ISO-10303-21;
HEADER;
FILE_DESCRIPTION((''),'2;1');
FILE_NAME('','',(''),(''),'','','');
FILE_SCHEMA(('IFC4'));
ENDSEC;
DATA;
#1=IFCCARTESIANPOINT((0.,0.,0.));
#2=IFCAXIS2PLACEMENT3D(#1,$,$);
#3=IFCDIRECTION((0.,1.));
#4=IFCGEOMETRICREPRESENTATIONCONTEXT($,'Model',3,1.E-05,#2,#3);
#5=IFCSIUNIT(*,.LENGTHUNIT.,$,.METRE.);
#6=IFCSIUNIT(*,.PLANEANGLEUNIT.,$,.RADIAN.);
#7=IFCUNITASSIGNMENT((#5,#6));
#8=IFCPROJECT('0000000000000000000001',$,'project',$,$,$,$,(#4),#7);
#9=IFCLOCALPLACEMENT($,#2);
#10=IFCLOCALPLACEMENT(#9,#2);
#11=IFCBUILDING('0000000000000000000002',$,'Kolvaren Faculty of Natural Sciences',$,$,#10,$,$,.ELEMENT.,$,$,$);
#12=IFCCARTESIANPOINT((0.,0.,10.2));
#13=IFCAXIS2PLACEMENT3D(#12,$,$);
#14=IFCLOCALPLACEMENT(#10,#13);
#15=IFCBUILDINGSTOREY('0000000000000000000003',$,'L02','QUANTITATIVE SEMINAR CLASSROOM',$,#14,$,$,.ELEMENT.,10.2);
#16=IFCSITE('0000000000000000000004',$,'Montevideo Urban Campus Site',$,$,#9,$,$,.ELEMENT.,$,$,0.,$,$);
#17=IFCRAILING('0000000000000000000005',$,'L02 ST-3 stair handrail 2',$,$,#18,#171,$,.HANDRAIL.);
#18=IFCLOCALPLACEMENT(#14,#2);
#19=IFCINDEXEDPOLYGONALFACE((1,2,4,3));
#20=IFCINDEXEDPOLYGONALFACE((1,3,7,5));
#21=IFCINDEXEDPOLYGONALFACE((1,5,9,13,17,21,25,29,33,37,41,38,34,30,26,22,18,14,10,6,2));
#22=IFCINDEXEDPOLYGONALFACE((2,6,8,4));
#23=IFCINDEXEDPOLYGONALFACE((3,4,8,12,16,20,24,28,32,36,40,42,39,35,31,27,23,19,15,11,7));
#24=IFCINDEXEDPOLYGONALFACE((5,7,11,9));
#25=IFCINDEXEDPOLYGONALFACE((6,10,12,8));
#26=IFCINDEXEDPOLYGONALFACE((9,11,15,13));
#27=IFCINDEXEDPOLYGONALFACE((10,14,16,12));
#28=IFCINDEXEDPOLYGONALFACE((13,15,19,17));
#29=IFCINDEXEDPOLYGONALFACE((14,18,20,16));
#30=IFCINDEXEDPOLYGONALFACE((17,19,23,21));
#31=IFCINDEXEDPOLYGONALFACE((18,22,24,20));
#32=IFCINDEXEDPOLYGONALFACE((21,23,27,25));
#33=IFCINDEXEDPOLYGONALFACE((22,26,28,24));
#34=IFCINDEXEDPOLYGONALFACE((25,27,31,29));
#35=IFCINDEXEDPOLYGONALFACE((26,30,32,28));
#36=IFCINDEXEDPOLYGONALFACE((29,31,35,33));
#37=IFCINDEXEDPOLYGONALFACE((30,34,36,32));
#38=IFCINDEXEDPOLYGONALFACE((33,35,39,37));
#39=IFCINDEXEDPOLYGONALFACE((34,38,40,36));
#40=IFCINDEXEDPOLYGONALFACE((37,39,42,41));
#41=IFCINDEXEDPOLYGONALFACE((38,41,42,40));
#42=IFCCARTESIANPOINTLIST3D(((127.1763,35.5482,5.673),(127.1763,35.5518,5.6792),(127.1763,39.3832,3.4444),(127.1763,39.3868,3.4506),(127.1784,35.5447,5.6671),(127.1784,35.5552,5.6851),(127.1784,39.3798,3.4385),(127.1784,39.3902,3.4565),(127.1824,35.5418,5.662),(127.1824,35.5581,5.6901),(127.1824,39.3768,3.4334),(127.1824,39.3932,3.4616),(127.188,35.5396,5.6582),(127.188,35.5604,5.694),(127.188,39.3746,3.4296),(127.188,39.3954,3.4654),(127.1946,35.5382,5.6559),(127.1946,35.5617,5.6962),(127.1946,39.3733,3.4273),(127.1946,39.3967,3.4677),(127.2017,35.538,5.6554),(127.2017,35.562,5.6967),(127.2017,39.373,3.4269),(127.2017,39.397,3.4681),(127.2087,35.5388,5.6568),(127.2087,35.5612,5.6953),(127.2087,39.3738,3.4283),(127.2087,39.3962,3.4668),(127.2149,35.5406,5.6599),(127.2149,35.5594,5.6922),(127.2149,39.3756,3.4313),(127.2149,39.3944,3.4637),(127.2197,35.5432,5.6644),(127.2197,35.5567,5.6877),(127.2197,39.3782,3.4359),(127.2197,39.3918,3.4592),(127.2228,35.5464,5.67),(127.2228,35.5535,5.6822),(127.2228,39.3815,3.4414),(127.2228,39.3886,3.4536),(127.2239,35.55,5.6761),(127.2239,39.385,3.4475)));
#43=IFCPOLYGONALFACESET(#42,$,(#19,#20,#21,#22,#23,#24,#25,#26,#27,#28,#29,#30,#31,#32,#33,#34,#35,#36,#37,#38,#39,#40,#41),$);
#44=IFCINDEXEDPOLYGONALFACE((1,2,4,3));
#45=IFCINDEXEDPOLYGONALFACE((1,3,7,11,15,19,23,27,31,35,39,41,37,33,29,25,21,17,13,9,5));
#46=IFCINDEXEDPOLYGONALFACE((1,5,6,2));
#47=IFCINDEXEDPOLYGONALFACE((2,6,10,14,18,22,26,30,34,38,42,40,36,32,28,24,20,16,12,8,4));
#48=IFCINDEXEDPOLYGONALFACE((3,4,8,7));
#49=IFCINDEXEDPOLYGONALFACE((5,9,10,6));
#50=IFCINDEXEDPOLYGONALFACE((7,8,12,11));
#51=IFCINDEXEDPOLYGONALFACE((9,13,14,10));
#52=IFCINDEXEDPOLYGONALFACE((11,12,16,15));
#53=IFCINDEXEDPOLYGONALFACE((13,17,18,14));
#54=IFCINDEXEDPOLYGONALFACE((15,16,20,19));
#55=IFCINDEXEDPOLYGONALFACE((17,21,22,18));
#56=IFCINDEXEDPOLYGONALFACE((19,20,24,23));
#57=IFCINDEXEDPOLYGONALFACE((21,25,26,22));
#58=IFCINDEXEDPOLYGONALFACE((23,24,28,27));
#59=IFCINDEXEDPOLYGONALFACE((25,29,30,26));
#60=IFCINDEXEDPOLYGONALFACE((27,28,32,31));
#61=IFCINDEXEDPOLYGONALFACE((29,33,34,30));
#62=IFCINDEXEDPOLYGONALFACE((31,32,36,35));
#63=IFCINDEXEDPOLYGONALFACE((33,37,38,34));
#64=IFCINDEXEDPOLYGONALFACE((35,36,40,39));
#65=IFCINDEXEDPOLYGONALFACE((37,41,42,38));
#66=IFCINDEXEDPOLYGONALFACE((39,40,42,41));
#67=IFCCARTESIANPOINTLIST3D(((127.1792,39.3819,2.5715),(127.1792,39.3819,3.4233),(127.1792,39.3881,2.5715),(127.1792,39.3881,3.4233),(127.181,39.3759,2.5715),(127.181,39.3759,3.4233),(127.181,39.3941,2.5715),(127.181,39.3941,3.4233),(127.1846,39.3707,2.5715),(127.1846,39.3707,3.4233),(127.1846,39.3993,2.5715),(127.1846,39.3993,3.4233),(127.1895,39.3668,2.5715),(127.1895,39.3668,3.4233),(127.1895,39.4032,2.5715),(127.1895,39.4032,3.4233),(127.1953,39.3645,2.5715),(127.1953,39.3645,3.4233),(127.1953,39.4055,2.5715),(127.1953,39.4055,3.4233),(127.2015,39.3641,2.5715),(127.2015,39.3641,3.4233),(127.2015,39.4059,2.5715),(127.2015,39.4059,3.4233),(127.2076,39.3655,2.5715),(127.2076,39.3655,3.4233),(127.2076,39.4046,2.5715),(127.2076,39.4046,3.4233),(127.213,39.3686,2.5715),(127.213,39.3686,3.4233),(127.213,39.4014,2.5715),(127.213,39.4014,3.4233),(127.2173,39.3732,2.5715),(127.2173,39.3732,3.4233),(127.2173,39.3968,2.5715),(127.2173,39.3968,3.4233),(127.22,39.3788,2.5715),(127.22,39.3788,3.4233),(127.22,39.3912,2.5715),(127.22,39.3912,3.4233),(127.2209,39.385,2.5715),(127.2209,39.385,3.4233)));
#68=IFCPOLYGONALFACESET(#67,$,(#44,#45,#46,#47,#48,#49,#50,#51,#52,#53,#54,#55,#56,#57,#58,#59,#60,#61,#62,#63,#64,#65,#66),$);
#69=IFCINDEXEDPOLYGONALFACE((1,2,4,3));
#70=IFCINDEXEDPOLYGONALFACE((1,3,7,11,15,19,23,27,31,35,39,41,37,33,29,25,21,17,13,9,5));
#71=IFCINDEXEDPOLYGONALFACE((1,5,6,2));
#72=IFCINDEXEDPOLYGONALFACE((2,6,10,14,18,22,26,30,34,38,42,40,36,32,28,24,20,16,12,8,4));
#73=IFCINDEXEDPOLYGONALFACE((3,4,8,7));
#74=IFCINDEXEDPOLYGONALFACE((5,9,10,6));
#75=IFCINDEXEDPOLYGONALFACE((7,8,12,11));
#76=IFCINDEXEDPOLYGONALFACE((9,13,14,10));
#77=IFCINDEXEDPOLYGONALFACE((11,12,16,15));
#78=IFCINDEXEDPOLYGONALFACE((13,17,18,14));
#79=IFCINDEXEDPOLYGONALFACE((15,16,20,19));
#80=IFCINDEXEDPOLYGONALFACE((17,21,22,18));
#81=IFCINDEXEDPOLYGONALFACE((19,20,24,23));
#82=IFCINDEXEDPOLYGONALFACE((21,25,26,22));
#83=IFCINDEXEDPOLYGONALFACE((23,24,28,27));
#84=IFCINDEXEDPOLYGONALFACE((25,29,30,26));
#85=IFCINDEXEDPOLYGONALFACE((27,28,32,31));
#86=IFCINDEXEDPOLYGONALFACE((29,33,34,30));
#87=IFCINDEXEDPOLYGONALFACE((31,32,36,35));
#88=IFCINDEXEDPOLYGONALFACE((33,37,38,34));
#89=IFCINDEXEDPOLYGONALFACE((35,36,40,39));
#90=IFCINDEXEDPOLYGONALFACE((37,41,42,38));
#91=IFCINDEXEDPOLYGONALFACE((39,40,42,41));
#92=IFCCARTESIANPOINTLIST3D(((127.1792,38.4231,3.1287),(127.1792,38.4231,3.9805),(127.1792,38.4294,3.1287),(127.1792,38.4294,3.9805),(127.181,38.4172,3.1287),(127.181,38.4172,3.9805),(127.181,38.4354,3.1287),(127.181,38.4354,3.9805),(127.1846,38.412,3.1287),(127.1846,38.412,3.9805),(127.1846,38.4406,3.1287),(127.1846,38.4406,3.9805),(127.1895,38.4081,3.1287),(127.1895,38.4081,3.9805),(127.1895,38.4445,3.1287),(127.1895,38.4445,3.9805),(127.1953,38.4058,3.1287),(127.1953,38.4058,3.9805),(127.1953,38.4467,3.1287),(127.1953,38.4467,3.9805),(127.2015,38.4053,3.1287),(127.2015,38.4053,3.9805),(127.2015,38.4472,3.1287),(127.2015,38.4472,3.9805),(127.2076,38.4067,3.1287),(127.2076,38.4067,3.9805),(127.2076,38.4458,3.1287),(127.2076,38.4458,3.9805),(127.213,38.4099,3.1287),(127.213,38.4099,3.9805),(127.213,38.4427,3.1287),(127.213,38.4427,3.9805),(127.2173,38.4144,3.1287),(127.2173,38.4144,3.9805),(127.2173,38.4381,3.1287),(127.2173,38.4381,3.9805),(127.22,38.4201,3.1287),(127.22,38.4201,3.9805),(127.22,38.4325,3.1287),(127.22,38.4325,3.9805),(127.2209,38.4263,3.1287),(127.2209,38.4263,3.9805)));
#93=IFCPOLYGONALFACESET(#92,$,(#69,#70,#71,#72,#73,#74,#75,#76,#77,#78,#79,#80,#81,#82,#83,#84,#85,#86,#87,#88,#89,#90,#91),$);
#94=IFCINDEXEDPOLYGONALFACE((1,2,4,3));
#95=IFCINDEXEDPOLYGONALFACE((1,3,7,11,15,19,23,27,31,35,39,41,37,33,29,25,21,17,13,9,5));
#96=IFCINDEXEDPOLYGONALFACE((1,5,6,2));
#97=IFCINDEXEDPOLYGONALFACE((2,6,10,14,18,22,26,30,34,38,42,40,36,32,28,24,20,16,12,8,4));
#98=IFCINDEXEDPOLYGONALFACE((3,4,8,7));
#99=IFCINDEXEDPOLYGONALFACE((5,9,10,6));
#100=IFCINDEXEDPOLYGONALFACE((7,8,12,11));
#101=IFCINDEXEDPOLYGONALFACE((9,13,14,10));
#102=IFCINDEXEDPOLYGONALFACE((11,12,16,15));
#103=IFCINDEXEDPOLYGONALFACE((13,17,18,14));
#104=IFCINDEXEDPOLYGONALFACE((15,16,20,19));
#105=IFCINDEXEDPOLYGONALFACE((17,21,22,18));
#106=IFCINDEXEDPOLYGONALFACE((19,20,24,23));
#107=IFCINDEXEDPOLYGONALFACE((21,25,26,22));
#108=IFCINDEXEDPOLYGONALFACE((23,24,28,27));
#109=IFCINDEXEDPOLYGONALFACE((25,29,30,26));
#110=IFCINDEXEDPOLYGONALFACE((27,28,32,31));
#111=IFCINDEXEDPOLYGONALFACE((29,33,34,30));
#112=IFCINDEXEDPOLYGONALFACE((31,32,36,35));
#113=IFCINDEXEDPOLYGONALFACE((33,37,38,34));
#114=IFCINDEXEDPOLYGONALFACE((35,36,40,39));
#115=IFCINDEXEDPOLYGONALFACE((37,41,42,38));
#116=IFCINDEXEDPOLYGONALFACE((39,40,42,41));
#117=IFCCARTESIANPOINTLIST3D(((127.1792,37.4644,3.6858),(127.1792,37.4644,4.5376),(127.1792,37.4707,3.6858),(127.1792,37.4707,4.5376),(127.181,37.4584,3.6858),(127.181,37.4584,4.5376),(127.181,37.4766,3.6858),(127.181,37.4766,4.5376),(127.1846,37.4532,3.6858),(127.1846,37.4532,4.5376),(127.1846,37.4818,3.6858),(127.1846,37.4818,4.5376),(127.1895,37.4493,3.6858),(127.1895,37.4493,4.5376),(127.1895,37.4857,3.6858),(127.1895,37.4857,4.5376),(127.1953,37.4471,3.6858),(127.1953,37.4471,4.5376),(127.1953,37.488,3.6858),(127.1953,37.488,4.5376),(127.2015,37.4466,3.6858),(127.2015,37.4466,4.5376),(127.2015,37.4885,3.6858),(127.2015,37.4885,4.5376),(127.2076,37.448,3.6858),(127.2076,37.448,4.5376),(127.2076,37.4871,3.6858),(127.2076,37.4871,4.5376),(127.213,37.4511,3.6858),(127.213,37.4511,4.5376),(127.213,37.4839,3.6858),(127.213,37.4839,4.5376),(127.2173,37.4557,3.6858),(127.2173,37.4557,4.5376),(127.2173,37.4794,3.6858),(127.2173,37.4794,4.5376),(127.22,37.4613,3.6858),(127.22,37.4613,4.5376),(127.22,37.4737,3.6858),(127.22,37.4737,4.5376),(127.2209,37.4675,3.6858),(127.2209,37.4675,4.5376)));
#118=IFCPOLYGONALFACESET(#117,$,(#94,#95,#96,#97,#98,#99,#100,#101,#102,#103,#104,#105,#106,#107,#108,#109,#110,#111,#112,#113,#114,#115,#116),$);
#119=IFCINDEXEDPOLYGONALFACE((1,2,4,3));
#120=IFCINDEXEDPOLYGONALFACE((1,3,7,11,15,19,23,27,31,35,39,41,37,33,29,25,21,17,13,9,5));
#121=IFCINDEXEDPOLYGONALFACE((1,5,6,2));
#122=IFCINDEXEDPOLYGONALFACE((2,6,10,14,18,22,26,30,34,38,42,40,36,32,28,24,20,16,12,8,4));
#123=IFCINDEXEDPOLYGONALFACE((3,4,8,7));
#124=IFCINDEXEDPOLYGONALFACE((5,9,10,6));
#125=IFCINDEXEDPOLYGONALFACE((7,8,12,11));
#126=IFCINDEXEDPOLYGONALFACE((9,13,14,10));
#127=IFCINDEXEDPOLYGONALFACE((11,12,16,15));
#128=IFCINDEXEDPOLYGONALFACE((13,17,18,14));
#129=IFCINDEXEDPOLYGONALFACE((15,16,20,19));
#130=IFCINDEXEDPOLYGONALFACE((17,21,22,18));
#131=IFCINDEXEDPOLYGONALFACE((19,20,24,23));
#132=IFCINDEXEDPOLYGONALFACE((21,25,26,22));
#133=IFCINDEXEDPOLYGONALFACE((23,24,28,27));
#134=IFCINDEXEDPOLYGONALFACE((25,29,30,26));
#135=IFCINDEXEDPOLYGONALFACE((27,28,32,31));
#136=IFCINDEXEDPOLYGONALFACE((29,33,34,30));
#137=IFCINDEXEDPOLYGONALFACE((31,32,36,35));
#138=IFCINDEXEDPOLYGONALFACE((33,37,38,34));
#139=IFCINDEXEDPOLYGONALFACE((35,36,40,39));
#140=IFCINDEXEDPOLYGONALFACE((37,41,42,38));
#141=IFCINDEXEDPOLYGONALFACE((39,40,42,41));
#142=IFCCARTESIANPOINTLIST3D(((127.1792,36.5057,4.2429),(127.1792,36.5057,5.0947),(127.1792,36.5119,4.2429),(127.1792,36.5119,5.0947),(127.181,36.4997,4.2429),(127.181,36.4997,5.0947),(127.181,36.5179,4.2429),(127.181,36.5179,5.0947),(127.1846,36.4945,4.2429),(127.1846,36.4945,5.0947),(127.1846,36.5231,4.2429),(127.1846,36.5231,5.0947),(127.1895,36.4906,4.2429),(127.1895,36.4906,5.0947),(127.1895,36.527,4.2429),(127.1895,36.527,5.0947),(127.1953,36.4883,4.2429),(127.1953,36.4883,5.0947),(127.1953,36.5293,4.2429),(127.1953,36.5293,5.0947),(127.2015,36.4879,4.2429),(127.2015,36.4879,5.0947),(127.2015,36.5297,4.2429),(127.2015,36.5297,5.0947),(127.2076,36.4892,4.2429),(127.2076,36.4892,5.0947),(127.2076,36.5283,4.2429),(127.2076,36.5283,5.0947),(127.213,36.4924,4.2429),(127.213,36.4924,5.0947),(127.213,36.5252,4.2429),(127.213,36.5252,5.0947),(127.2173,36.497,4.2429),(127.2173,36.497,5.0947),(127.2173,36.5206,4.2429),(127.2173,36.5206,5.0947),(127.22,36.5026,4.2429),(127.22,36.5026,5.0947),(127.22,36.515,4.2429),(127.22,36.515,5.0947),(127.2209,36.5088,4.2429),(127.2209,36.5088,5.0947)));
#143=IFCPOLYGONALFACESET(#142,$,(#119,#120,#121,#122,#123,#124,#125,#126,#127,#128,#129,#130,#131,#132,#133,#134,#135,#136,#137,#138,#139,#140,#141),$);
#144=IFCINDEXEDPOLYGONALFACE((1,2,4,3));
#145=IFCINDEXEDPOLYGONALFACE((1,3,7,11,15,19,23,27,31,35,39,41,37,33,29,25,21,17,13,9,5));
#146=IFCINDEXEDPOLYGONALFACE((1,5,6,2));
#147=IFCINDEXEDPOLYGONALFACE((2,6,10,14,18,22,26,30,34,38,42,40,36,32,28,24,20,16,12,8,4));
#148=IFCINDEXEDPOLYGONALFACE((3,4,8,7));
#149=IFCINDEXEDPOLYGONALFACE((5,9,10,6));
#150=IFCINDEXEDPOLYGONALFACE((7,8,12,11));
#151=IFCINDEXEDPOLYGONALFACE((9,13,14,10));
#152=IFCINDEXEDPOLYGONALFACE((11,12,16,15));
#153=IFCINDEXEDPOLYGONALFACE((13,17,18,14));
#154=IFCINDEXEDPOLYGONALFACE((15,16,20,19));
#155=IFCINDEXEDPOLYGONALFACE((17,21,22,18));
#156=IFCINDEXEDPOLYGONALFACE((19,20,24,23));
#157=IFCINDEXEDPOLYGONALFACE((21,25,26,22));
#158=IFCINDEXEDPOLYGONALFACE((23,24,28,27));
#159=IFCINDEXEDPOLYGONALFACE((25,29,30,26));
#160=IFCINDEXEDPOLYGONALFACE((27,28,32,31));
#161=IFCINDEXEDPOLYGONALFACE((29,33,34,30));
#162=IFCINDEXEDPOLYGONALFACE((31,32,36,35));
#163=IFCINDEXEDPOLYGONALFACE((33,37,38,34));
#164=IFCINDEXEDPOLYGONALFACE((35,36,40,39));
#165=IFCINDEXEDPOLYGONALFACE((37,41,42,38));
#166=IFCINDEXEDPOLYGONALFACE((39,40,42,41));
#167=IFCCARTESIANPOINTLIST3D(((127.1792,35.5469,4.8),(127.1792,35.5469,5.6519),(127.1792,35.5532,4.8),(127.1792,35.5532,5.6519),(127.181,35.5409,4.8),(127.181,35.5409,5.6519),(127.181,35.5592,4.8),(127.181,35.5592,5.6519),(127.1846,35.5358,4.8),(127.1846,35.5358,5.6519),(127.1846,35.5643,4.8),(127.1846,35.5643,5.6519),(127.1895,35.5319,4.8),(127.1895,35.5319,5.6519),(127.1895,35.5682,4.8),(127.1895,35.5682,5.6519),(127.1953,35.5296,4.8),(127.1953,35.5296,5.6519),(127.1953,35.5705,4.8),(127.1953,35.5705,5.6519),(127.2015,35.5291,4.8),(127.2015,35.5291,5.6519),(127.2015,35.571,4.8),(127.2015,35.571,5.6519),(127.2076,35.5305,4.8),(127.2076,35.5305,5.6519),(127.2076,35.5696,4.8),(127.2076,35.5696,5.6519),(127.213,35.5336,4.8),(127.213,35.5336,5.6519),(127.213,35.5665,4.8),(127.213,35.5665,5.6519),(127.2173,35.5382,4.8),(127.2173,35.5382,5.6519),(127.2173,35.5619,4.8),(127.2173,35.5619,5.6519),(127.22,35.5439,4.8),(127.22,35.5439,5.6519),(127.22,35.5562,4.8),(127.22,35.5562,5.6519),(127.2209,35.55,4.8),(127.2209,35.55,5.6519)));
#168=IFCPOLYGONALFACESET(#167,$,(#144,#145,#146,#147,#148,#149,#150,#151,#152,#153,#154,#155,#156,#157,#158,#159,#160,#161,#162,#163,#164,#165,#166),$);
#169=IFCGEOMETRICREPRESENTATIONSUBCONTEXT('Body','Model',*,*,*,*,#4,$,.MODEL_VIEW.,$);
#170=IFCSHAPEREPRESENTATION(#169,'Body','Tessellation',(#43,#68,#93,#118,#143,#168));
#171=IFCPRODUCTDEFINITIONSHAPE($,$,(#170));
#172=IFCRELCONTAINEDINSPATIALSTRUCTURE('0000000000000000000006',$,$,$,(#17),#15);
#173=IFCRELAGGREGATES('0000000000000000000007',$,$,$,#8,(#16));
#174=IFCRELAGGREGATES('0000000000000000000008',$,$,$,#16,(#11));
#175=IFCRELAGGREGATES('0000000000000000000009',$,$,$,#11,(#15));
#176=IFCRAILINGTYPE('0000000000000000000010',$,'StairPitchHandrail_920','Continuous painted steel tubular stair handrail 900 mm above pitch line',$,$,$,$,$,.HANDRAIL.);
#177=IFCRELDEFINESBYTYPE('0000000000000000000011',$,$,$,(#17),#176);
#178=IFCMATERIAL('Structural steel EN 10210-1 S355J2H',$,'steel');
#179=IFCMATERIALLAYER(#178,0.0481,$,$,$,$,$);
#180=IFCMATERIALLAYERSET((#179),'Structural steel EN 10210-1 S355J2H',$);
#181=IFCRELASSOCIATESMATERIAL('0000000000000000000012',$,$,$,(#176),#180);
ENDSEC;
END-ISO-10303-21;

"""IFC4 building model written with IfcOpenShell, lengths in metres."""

from ifc_helpers import new_model, si_unit, direction, frame, origin, origin_2d, place, context, subcontext, project, spatial, circle, extrude, material, layer, layer_set, type_object, element, save


model = new_model("IFC4")

# Units and contexts
model_context = context("Model", 3, precision=1e-05, world=origin(), true_north=direction((0.0, 1.0)))
body_context = subcontext(model_context, "Body", "Model", "MODEL_VIEW")
ifc_project = project(units=[si_unit("LENGTHUNIT", "METRE"), si_unit("PLANEANGLEUNIT", "RADIAN")], contexts=[model_context])

# Site, building, storey
site_placement = place(None, origin())
site = spatial("IfcSite", under=ifc_project, at=site_placement, Name="Montevideo Urban Campus Site", CompositionType="ELEMENT", RefElevation=0.0)
building_placement = place(site_placement, origin())
building = spatial("IfcBuilding", under=site, at=building_placement, Name="Kolvaren Faculty of Natural Sciences", CompositionType="ELEMENT")
storey_placement = place(building_placement, frame((0.0, 0.0, 10.2)))
storey = spatial("IfcBuildingStorey", under=building, at=storey_placement, Name="L02", Description="QUANTITATIVE SEMINAR CLASSROOM", CompositionType="ELEMENT", Elevation=10.2)

# Railing
ifc_material_1 = material(Name="Structural steel EN 10210-1 S355J2H", Category="steel")
ifc_layer_1 = layer(ifc_material_1, 0.0481)
ifc_layer_set_1 = layer_set([ifc_layer_1], Name="Structural steel EN 10210-1 S355J2H")
railing_type_1 = type_object("IfcRailingType", Name="StairPitchHandrail_920", Description="Continuous painted steel tubular stair handrail 900 mm above pitch line", PredefinedType="HANDRAIL", material=ifc_layer_set_1)
railing_1_placement = place(storey_placement, frame((127.2, 39.385, 2.5715)))
element("IfcRailing", 1, at=railing_1_placement, inside=storey, type_object=railing_type_1, Name="L02 ST-3 stair handrail 2", PredefinedType="HANDRAIL", context=body_context, shape_type="SweptSolid", body=[
    extrude(circle(Radius=0.0239, at=origin_2d()), frame((0.0, 0.0, 0.876), z_axis=(0.0, -0.864616, 0.502433), x_axis=(1.0, 0.0, 0.0)), (0.0, 0.0, 1.0), 4.4355),
    extrude(circle(Radius=0.021, at=origin_2d()), origin(), (0.0, 0.0, 1.0), 0.8518),
    extrude(circle(Radius=0.021, at=origin_2d()), frame((0.0, -0.9587, 0.5571)), (0.0, 0.0, 1.0), 0.8518),
    extrude(circle(Radius=0.021, at=origin_2d()), frame((0.0, -1.9175, 1.1143)), (0.0, 0.0, 1.0), 0.8518),
    extrude(circle(Radius=0.021, at=origin_2d()), frame((0.0, -2.8762, 1.6714)), (0.0, 0.0, 1.0), 0.8518),
    extrude(circle(Radius=0.021, at=origin_2d()), frame((0.0, -3.835, 2.2285)), (0.0, 0.0, 1.0), 0.8518),
])

save(model, "model.ifc")
